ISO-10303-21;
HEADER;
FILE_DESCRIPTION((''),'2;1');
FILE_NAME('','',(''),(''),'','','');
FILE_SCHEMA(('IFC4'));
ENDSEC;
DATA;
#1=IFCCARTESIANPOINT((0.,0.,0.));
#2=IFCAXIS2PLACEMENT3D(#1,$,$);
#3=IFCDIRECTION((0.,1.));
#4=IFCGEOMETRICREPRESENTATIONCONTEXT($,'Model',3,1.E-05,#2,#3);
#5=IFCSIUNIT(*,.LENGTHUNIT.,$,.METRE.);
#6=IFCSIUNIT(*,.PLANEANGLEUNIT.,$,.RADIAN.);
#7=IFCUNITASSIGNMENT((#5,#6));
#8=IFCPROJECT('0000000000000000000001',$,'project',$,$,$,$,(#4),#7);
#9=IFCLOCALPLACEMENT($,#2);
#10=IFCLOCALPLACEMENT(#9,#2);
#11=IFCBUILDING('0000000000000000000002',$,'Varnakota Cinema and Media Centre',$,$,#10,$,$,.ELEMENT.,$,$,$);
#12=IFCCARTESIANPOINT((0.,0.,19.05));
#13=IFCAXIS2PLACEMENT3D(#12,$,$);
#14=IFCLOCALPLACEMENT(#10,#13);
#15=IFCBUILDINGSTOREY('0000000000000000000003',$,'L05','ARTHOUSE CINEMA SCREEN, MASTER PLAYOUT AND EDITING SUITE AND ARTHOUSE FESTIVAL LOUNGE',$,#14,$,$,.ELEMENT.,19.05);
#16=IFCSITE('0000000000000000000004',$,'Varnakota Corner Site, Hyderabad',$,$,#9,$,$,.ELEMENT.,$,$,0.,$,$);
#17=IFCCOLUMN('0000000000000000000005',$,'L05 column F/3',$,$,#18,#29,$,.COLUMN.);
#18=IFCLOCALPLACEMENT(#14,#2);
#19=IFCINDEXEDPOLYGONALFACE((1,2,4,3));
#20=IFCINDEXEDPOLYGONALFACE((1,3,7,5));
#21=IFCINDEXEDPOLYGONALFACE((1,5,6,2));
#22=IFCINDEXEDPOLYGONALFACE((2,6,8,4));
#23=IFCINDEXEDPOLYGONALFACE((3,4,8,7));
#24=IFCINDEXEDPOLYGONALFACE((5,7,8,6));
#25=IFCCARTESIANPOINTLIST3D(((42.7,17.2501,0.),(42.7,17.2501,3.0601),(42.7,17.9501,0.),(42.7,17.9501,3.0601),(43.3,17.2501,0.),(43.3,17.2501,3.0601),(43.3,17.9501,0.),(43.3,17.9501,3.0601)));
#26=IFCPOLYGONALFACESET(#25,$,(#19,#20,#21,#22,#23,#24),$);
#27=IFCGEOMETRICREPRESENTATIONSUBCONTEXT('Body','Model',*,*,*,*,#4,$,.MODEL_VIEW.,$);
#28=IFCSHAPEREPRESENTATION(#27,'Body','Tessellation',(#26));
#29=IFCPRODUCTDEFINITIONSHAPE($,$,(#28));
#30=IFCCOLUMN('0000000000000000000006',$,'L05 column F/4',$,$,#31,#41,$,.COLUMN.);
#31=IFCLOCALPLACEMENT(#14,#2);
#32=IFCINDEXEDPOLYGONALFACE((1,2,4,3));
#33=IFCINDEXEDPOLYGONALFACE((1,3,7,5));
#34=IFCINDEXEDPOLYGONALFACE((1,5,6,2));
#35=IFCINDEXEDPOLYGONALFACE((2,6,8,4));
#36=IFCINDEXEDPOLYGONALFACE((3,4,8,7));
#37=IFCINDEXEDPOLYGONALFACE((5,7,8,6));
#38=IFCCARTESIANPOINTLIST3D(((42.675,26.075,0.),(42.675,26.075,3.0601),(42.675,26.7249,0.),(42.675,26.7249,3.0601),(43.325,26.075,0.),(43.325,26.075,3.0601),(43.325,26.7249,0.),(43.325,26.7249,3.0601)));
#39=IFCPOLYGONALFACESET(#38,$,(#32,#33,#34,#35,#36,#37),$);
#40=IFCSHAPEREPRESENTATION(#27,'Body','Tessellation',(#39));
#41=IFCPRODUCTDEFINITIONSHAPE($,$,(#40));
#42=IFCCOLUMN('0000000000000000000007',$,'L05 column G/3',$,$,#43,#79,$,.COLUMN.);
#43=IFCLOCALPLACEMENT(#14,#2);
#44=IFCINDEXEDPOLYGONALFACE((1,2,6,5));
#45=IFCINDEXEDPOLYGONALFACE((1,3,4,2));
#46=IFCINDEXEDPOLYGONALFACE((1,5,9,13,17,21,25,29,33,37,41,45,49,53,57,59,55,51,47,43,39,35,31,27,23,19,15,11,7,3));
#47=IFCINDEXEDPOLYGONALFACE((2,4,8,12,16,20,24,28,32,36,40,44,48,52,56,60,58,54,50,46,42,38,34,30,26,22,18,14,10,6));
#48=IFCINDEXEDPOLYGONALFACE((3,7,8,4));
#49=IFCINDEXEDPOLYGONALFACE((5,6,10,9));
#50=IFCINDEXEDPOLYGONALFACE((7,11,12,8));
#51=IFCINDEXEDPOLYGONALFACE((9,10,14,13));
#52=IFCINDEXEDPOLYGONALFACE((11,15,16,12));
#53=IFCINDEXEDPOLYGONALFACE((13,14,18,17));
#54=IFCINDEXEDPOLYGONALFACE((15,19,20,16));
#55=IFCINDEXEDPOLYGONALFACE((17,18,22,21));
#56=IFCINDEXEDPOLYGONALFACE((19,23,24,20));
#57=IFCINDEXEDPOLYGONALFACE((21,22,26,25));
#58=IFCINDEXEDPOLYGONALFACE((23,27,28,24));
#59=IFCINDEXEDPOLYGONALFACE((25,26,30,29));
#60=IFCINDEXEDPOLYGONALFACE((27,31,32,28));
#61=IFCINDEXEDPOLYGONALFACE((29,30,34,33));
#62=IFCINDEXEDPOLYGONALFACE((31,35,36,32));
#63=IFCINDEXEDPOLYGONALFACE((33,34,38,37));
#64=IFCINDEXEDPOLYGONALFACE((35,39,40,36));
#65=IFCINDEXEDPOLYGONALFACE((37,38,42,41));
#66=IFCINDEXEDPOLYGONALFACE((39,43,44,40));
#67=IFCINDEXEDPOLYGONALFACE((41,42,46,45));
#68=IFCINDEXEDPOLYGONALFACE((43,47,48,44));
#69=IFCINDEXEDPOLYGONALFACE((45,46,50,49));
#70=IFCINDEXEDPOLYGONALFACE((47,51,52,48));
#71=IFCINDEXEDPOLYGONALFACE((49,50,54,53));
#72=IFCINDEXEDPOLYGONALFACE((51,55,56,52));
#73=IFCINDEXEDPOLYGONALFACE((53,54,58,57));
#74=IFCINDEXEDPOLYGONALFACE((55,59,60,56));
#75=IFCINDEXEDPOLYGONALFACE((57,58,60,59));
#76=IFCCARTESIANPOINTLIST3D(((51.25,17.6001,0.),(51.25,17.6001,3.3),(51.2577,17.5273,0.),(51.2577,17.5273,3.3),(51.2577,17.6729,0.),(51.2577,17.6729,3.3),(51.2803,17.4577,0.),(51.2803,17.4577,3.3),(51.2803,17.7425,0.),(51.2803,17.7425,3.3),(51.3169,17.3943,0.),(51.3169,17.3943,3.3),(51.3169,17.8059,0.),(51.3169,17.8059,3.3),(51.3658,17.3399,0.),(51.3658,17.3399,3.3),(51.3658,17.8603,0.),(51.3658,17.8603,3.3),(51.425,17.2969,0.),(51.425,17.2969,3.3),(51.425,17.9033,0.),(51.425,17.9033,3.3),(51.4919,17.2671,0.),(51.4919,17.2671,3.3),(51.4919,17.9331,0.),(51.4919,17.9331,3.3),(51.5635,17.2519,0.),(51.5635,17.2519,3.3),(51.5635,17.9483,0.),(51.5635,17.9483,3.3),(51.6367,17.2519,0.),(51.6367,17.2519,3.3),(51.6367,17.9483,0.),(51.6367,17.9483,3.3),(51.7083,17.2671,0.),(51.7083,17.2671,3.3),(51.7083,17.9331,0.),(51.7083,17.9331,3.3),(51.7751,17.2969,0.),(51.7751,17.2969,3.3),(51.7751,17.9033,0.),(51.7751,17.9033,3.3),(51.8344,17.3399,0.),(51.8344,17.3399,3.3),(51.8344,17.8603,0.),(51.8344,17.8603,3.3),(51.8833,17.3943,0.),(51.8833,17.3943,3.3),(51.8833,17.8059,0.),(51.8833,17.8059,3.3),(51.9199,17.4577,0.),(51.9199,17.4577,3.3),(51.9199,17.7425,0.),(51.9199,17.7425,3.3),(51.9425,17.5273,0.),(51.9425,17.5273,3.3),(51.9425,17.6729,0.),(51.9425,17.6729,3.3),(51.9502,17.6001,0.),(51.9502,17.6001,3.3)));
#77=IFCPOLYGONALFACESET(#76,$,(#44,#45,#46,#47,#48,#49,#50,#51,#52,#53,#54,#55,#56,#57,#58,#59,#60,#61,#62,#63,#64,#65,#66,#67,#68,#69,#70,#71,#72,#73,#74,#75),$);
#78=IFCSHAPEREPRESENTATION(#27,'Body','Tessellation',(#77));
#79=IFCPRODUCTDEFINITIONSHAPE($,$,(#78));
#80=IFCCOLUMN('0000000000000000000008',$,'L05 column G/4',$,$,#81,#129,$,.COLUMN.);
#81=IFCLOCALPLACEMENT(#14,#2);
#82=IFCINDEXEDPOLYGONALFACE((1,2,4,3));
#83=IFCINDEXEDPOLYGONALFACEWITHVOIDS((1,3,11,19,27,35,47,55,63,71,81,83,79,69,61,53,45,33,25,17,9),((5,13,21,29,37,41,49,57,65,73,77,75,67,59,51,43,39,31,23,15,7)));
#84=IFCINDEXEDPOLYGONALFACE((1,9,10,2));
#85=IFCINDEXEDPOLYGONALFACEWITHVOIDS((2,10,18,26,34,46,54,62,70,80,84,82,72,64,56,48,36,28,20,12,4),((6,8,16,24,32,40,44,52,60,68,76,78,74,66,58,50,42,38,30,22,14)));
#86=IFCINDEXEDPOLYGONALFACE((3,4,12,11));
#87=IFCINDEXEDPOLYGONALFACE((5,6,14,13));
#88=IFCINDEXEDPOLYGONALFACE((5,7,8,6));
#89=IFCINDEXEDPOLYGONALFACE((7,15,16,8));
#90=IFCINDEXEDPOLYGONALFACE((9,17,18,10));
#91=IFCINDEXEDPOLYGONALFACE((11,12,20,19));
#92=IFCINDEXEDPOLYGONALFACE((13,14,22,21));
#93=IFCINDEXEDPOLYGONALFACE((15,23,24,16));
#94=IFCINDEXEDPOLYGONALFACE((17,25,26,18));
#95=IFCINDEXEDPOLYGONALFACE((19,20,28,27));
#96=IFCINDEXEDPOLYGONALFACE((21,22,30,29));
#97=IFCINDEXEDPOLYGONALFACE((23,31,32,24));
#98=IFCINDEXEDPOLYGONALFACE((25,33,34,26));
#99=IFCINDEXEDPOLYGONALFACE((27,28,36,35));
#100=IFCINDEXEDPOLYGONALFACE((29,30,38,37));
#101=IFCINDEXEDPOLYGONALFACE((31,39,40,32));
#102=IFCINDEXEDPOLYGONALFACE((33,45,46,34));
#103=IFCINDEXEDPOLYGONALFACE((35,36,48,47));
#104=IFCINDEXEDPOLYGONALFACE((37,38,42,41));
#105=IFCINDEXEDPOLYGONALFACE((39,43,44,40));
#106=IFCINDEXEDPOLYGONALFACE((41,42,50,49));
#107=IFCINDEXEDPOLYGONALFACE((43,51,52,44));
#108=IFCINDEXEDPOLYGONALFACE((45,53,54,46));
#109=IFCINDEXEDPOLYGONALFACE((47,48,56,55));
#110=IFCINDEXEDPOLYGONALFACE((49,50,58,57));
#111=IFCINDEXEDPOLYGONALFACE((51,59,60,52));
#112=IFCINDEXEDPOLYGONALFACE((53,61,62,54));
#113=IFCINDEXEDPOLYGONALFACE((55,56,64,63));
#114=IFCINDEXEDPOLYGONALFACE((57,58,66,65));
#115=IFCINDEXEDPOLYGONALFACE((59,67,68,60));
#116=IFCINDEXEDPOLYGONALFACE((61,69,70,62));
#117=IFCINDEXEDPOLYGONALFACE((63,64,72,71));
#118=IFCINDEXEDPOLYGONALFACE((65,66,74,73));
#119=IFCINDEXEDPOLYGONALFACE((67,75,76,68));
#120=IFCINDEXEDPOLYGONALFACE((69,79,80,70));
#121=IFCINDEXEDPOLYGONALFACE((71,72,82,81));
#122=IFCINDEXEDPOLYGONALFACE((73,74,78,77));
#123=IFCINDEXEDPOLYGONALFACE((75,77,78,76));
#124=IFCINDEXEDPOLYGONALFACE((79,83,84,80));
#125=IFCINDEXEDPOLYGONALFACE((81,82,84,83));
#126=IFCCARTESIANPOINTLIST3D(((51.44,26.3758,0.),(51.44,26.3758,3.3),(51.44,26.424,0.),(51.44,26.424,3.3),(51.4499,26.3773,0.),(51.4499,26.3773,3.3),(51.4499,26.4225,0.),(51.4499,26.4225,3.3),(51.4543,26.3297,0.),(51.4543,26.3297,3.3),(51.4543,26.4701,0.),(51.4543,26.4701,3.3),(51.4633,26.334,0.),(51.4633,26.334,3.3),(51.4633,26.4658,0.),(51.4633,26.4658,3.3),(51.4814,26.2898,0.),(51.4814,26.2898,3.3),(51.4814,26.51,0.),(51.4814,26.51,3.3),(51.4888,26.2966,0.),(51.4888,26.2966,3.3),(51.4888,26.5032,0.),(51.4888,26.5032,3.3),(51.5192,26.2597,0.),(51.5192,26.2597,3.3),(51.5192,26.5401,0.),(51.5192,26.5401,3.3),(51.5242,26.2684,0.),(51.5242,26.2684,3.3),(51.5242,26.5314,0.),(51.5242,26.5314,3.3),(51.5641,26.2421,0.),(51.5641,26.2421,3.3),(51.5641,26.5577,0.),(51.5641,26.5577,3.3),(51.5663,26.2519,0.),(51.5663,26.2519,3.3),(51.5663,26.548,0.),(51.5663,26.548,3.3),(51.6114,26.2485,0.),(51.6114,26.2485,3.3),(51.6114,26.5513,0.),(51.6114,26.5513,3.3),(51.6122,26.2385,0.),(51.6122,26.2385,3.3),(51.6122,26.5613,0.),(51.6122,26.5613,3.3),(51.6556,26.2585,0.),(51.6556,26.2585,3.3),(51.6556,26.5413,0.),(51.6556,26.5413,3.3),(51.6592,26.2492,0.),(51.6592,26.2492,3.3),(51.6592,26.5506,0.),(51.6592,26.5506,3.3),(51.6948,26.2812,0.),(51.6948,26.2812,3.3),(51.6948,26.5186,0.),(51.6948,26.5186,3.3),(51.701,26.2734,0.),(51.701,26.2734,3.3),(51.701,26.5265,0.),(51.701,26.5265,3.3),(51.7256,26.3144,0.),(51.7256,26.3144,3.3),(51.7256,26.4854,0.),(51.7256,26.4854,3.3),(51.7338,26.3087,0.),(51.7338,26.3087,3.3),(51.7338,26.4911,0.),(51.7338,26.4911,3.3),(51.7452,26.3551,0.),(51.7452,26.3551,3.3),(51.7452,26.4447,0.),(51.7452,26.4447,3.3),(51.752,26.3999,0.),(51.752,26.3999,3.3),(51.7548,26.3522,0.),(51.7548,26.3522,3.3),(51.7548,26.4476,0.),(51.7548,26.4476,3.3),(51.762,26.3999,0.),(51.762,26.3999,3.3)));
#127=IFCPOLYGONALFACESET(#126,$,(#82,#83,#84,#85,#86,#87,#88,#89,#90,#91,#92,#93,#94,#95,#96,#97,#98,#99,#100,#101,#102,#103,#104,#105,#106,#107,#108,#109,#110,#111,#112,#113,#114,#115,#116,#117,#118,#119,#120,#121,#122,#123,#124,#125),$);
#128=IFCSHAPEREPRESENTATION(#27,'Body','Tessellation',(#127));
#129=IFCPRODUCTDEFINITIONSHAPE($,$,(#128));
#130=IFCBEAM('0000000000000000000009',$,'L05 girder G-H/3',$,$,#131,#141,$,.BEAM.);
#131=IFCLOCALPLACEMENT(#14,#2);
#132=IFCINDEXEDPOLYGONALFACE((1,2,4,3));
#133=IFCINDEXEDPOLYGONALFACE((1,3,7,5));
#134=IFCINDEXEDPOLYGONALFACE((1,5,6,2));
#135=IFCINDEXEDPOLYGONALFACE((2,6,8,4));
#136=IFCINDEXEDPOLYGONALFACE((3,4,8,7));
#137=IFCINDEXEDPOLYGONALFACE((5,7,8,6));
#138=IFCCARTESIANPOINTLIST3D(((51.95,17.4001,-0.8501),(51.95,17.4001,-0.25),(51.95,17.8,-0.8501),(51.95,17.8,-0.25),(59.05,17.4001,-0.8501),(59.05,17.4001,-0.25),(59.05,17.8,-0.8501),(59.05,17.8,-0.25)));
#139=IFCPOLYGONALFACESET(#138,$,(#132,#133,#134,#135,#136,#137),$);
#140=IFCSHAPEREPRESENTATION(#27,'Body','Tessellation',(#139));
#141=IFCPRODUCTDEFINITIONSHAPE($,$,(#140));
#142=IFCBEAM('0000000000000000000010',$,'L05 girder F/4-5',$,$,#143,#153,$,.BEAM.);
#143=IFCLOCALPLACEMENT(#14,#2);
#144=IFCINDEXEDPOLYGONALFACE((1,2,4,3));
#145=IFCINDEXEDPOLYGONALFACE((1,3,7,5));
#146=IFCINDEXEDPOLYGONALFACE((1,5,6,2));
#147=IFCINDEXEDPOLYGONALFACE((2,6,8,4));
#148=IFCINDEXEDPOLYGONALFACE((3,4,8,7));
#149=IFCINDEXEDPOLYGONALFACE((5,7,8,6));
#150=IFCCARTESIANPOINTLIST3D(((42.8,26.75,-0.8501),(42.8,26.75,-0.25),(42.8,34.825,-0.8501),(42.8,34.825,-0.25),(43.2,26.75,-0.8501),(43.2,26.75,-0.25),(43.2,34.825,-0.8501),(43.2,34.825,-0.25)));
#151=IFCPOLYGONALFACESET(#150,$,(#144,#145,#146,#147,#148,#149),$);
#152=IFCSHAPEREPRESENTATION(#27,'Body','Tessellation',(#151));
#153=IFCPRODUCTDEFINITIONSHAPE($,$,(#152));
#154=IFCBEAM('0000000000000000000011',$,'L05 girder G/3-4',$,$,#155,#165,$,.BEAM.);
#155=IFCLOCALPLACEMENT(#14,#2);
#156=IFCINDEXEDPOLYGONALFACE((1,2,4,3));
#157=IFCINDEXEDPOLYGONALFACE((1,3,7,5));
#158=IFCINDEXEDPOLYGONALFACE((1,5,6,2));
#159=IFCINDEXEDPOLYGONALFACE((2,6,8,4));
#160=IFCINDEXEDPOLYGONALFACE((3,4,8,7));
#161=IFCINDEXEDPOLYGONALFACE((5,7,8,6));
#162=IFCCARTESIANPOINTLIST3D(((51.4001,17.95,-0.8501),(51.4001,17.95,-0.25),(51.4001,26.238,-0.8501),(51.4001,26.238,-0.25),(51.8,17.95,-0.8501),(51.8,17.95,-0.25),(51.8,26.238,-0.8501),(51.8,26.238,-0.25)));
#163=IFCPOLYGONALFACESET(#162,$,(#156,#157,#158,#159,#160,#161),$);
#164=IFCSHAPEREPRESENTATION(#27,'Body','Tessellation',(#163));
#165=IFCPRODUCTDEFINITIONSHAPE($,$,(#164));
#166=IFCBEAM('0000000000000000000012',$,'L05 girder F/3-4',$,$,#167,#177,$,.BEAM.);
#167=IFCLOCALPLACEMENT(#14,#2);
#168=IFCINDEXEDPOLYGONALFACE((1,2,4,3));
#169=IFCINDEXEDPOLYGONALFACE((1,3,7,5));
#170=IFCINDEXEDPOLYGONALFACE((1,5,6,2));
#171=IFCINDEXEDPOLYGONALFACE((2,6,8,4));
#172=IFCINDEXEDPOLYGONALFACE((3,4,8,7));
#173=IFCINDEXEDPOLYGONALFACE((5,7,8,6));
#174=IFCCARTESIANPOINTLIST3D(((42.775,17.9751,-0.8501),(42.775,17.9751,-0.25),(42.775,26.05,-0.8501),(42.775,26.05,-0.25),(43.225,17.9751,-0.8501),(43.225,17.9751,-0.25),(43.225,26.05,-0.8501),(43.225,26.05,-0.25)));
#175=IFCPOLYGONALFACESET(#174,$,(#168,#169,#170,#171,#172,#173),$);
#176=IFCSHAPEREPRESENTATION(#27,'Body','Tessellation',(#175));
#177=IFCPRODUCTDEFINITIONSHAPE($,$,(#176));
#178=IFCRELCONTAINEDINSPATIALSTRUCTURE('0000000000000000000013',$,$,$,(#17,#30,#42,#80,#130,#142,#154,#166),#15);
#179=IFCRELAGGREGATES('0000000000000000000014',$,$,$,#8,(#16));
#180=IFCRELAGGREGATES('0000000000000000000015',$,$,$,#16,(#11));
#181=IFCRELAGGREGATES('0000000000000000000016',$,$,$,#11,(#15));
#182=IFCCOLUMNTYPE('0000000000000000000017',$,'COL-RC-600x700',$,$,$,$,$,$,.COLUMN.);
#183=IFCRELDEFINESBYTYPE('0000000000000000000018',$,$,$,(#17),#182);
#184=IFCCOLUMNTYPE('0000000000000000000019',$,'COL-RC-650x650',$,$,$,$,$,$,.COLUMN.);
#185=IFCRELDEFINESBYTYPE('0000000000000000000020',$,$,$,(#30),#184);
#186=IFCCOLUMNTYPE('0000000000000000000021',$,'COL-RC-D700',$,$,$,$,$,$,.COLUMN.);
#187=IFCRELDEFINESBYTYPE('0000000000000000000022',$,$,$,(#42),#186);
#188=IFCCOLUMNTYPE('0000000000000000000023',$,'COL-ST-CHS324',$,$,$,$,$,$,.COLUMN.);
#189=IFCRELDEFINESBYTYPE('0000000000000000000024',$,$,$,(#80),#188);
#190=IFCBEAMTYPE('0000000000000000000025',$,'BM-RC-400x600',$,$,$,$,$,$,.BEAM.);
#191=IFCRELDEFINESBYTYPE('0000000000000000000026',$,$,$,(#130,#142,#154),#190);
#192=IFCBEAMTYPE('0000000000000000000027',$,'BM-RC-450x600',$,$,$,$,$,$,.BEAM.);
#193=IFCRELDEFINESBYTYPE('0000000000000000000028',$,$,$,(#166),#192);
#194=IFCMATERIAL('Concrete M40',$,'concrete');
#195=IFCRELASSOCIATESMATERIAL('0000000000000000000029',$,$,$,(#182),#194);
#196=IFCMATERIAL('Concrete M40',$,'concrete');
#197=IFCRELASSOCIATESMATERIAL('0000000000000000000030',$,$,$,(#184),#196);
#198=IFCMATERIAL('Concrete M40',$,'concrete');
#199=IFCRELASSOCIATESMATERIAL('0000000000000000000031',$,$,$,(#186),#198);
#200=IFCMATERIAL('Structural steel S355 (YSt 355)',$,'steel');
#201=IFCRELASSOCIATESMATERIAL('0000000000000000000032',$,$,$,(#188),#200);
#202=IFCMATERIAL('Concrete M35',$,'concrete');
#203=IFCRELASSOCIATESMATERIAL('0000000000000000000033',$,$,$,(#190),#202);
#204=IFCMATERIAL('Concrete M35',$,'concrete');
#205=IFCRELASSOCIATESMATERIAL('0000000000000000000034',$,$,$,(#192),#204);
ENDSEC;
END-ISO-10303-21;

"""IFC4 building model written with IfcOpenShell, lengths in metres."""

from ifc_helpers import new_model, si_unit, direction, frame, origin, origin_2d, place, context, subcontext, project, spatial, rectangle, circle, hollow_circle, extrude, material, material_profile, profile_set, type_object, element, save


model = new_model("IFC4")

# Units and contexts
model_context = context("Model", 3, precision=1e-05, world=origin(), true_north=direction((0.0, 1.0)))
body_context = subcontext(model_context, "Body", "Model", "MODEL_VIEW")
ifc_project = project(units=[si_unit("LENGTHUNIT", "METRE"), si_unit("PLANEANGLEUNIT", "RADIAN")], contexts=[model_context])

# Site, building, storey
site_placement = place(None, origin())
site = spatial("IfcSite", under=ifc_project, at=site_placement, Name="Varnakota Corner Site, Hyderabad", CompositionType="ELEMENT", RefElevation=0.0)
building_placement = place(site_placement, origin())
building = spatial("IfcBuilding", under=site, at=building_placement, Name="Varnakota Cinema and Media Centre", CompositionType="ELEMENT")
storey_placement = place(building_placement, frame((0.0, 0.0, 19.05)))
storey = spatial("IfcBuildingStorey", under=building, at=storey_placement, Name="L05", Description="ARTHOUSE CINEMA SCREEN, MASTER PLAYOUT AND EDITING SUITE AND ARTHOUSE FESTIVAL LOUNGE", CompositionType="ELEMENT", Elevation=19.05)

# Columns
ifc_material_1 = material(Name="Concrete M40", Category="concrete")
ifc_material_profile_1 = material_profile(ifc_material_1, rectangle(XDim=0.6001, YDim=0.7, at=origin_2d()), Name="RC 600x700")
ifc_profile_set_1 = profile_set([ifc_material_profile_1], Name="Concrete M40")
column_type_1 = type_object("IfcColumnType", Name="COL-RC-600x700", PredefinedType="COLUMN", material=ifc_profile_set_1)
column_1_placement = place(storey_placement, frame((43.0, 17.6001, 0.0), z_axis=(0.0, 0.0, 1.0), x_axis=(1.0, 0.0, 0.0)))
element("IfcColumn", 1, at=column_1_placement, inside=storey, type_object=column_type_1, Name="L05 column F/3", PredefinedType="COLUMN", context=body_context, shape_type="SweptSolid", body=[
    extrude(rectangle(XDim=0.6001, YDim=0.7, at=origin_2d()), origin(), (0.0, 0.0, 1.0), 3.0601),
])
ifc_material_2 = material(Name="Concrete M40", Category="concrete")
ifc_material_profile_2 = material_profile(ifc_material_2, rectangle(XDim=0.6499, YDim=0.6499, at=origin_2d()), Name="RC 650x650")
ifc_profile_set_2 = profile_set([ifc_material_profile_2], Name="Concrete M40")
column_type_2 = type_object("IfcColumnType", Name="COL-RC-650x650", PredefinedType="COLUMN", material=ifc_profile_set_2)
column_2_placement = place(storey_placement, frame((43.0, 26.3999, 0.0), z_axis=(0.0, 0.0, 1.0), x_axis=(1.0, 0.0, 0.0)))
element("IfcColumn", 2, at=column_2_placement, inside=storey, type_object=column_type_2, Name="L05 column F/4", PredefinedType="COLUMN", context=body_context, shape_type="SweptSolid", body=[
    extrude(rectangle(XDim=0.6499, YDim=0.6499, at=origin_2d()), origin(), (0.0, 0.0, 1.0), 3.0601),
])
ifc_material_3 = material(Name="Concrete M40", Category="concrete")
ifc_material_profile_3 = material_profile(ifc_material_3, circle(Radius=0.3501, at=origin_2d()), Name="RC D700")
ifc_profile_set_3 = profile_set([ifc_material_profile_3], Name="Concrete M40")
column_type_3 = type_object("IfcColumnType", Name="COL-RC-D700", PredefinedType="COLUMN", material=ifc_profile_set_3)
column_3_placement = place(storey_placement, frame((51.6001, 17.6001, 0.0), z_axis=(0.0, 0.0, 1.0), x_axis=(1.0, 0.0, 0.0)))
element("IfcColumn", 3, at=column_3_placement, inside=storey, type_object=column_type_3, Name="L05 column G/3", PredefinedType="COLUMN", context=body_context, shape_type="SweptSolid", body=[
    extrude(circle(Radius=0.3501, at=origin_2d()), origin(), (0.0, 0.0, 1.0), 3.3),
])
ifc_material_4 = material(Name="Structural steel S355 (YSt 355)", Category="steel")
ifc_material_profile_4 = material_profile(ifc_material_4, hollow_circle(Radius=0.1619, WallThickness=0.01, at=origin_2d()), Name="CHS 323.9x10.0")
ifc_profile_set_4 = profile_set([ifc_material_profile_4], Name="Structural steel S355 (YSt 355)")
column_type_4 = type_object("IfcColumnType", Name="COL-ST-CHS324", PredefinedType="COLUMN", material=ifc_profile_set_4)
column_4_placement = place(storey_placement, frame((51.6001, 26.3999, 0.0), z_axis=(0.0, 0.0, 1.0), x_axis=(1.0, 0.0, 0.0)))
element("IfcColumn", 4, at=column_4_placement, inside=storey, type_object=column_type_4, Name="L05 column G/4", PredefinedType="COLUMN", context=body_context, shape_type="SweptSolid", body=[
    extrude(hollow_circle(Radius=0.1619, WallThickness=0.01, at=origin_2d()), origin(), (0.0, 0.0, 1.0), 3.3),
])

# Beams
ifc_material_5 = material(Name="Concrete M35", Category="concrete")
ifc_material_profile_5 = material_profile(ifc_material_5, rectangle(XDim=0.3999, YDim=0.6001, at=origin_2d()), Name="RCB 400x600")
ifc_profile_set_5 = profile_set([ifc_material_profile_5], Name="Concrete M35")
beam_type_1 = type_object("IfcBeamType", Name="BM-RC-400x600", PredefinedType="BEAM", material=ifc_profile_set_5)
beam_1_placement = place(storey_placement, frame((51.95, 17.6001, -0.55), z_axis=(1.0, 0.0, 0.0), x_axis=(0.0, 1.0, 0.0)))
element("IfcBeam", 5, at=beam_1_placement, inside=storey, type_object=beam_type_1, Name="L05 girder G-H/3", PredefinedType="BEAM", context=body_context, shape_type="SweptSolid", body=[
    extrude(rectangle(XDim=0.3999, YDim=0.6001, at=origin_2d()), origin(), (0.0, 0.0, 1.0), 7.1001),
])
beam_2_placement = place(storey_placement, frame((43.0, 26.75, -0.55), z_axis=(0.0, 1.0, 0.0), x_axis=(-1.0, 0.0, 0.0)))
element("IfcBeam", 6, at=beam_2_placement, inside=storey, type_object=beam_type_1, Name="L05 girder F/4-5", PredefinedType="BEAM", context=body_context, shape_type="SweptSolid", body=[
    extrude(rectangle(XDim=0.3999, YDim=0.6001, at=origin_2d()), origin(), (0.0, 0.0, 1.0), 8.075),
])
beam_3_placement = place(storey_placement, frame((51.6001, 17.95, -0.55), z_axis=(0.0, 1.0, 0.0), x_axis=(-1.0, 0.0, 0.0)))
element("IfcBeam", 7, at=beam_3_placement, inside=storey, type_object=beam_type_1, Name="L05 girder G/3-4", PredefinedType="BEAM", context=body_context, shape_type="SweptSolid", body=[
    extrude(rectangle(XDim=0.3999, YDim=0.6001, at=origin_2d()), origin(), (0.0, 0.0, 1.0), 8.2881),
])
ifc_material_6 = material(Name="Concrete M35", Category="concrete")
ifc_material_profile_6 = material_profile(ifc_material_6, rectangle(XDim=0.45, YDim=0.6001, at=origin_2d()), Name="RCB 450x600")
ifc_profile_set_6 = profile_set([ifc_material_profile_6], Name="Concrete M35")
beam_type_2 = type_object("IfcBeamType", Name="BM-RC-450x600", PredefinedType="BEAM", material=ifc_profile_set_6)
beam_4_placement = place(storey_placement, frame((43.0, 17.9751, -0.55), z_axis=(0.0, 1.0, 0.0), x_axis=(-1.0, 0.0, 0.0)))
element("IfcBeam", 8, at=beam_4_placement, inside=storey, type_object=beam_type_2, Name="L05 girder F/3-4", PredefinedType="BEAM", context=body_context, shape_type="SweptSolid", body=[
    extrude(rectangle(XDim=0.45, YDim=0.6001, at=origin_2d()), origin(), (0.0, 0.0, 1.0), 8.075),
])

save(model, "model.ifc")
